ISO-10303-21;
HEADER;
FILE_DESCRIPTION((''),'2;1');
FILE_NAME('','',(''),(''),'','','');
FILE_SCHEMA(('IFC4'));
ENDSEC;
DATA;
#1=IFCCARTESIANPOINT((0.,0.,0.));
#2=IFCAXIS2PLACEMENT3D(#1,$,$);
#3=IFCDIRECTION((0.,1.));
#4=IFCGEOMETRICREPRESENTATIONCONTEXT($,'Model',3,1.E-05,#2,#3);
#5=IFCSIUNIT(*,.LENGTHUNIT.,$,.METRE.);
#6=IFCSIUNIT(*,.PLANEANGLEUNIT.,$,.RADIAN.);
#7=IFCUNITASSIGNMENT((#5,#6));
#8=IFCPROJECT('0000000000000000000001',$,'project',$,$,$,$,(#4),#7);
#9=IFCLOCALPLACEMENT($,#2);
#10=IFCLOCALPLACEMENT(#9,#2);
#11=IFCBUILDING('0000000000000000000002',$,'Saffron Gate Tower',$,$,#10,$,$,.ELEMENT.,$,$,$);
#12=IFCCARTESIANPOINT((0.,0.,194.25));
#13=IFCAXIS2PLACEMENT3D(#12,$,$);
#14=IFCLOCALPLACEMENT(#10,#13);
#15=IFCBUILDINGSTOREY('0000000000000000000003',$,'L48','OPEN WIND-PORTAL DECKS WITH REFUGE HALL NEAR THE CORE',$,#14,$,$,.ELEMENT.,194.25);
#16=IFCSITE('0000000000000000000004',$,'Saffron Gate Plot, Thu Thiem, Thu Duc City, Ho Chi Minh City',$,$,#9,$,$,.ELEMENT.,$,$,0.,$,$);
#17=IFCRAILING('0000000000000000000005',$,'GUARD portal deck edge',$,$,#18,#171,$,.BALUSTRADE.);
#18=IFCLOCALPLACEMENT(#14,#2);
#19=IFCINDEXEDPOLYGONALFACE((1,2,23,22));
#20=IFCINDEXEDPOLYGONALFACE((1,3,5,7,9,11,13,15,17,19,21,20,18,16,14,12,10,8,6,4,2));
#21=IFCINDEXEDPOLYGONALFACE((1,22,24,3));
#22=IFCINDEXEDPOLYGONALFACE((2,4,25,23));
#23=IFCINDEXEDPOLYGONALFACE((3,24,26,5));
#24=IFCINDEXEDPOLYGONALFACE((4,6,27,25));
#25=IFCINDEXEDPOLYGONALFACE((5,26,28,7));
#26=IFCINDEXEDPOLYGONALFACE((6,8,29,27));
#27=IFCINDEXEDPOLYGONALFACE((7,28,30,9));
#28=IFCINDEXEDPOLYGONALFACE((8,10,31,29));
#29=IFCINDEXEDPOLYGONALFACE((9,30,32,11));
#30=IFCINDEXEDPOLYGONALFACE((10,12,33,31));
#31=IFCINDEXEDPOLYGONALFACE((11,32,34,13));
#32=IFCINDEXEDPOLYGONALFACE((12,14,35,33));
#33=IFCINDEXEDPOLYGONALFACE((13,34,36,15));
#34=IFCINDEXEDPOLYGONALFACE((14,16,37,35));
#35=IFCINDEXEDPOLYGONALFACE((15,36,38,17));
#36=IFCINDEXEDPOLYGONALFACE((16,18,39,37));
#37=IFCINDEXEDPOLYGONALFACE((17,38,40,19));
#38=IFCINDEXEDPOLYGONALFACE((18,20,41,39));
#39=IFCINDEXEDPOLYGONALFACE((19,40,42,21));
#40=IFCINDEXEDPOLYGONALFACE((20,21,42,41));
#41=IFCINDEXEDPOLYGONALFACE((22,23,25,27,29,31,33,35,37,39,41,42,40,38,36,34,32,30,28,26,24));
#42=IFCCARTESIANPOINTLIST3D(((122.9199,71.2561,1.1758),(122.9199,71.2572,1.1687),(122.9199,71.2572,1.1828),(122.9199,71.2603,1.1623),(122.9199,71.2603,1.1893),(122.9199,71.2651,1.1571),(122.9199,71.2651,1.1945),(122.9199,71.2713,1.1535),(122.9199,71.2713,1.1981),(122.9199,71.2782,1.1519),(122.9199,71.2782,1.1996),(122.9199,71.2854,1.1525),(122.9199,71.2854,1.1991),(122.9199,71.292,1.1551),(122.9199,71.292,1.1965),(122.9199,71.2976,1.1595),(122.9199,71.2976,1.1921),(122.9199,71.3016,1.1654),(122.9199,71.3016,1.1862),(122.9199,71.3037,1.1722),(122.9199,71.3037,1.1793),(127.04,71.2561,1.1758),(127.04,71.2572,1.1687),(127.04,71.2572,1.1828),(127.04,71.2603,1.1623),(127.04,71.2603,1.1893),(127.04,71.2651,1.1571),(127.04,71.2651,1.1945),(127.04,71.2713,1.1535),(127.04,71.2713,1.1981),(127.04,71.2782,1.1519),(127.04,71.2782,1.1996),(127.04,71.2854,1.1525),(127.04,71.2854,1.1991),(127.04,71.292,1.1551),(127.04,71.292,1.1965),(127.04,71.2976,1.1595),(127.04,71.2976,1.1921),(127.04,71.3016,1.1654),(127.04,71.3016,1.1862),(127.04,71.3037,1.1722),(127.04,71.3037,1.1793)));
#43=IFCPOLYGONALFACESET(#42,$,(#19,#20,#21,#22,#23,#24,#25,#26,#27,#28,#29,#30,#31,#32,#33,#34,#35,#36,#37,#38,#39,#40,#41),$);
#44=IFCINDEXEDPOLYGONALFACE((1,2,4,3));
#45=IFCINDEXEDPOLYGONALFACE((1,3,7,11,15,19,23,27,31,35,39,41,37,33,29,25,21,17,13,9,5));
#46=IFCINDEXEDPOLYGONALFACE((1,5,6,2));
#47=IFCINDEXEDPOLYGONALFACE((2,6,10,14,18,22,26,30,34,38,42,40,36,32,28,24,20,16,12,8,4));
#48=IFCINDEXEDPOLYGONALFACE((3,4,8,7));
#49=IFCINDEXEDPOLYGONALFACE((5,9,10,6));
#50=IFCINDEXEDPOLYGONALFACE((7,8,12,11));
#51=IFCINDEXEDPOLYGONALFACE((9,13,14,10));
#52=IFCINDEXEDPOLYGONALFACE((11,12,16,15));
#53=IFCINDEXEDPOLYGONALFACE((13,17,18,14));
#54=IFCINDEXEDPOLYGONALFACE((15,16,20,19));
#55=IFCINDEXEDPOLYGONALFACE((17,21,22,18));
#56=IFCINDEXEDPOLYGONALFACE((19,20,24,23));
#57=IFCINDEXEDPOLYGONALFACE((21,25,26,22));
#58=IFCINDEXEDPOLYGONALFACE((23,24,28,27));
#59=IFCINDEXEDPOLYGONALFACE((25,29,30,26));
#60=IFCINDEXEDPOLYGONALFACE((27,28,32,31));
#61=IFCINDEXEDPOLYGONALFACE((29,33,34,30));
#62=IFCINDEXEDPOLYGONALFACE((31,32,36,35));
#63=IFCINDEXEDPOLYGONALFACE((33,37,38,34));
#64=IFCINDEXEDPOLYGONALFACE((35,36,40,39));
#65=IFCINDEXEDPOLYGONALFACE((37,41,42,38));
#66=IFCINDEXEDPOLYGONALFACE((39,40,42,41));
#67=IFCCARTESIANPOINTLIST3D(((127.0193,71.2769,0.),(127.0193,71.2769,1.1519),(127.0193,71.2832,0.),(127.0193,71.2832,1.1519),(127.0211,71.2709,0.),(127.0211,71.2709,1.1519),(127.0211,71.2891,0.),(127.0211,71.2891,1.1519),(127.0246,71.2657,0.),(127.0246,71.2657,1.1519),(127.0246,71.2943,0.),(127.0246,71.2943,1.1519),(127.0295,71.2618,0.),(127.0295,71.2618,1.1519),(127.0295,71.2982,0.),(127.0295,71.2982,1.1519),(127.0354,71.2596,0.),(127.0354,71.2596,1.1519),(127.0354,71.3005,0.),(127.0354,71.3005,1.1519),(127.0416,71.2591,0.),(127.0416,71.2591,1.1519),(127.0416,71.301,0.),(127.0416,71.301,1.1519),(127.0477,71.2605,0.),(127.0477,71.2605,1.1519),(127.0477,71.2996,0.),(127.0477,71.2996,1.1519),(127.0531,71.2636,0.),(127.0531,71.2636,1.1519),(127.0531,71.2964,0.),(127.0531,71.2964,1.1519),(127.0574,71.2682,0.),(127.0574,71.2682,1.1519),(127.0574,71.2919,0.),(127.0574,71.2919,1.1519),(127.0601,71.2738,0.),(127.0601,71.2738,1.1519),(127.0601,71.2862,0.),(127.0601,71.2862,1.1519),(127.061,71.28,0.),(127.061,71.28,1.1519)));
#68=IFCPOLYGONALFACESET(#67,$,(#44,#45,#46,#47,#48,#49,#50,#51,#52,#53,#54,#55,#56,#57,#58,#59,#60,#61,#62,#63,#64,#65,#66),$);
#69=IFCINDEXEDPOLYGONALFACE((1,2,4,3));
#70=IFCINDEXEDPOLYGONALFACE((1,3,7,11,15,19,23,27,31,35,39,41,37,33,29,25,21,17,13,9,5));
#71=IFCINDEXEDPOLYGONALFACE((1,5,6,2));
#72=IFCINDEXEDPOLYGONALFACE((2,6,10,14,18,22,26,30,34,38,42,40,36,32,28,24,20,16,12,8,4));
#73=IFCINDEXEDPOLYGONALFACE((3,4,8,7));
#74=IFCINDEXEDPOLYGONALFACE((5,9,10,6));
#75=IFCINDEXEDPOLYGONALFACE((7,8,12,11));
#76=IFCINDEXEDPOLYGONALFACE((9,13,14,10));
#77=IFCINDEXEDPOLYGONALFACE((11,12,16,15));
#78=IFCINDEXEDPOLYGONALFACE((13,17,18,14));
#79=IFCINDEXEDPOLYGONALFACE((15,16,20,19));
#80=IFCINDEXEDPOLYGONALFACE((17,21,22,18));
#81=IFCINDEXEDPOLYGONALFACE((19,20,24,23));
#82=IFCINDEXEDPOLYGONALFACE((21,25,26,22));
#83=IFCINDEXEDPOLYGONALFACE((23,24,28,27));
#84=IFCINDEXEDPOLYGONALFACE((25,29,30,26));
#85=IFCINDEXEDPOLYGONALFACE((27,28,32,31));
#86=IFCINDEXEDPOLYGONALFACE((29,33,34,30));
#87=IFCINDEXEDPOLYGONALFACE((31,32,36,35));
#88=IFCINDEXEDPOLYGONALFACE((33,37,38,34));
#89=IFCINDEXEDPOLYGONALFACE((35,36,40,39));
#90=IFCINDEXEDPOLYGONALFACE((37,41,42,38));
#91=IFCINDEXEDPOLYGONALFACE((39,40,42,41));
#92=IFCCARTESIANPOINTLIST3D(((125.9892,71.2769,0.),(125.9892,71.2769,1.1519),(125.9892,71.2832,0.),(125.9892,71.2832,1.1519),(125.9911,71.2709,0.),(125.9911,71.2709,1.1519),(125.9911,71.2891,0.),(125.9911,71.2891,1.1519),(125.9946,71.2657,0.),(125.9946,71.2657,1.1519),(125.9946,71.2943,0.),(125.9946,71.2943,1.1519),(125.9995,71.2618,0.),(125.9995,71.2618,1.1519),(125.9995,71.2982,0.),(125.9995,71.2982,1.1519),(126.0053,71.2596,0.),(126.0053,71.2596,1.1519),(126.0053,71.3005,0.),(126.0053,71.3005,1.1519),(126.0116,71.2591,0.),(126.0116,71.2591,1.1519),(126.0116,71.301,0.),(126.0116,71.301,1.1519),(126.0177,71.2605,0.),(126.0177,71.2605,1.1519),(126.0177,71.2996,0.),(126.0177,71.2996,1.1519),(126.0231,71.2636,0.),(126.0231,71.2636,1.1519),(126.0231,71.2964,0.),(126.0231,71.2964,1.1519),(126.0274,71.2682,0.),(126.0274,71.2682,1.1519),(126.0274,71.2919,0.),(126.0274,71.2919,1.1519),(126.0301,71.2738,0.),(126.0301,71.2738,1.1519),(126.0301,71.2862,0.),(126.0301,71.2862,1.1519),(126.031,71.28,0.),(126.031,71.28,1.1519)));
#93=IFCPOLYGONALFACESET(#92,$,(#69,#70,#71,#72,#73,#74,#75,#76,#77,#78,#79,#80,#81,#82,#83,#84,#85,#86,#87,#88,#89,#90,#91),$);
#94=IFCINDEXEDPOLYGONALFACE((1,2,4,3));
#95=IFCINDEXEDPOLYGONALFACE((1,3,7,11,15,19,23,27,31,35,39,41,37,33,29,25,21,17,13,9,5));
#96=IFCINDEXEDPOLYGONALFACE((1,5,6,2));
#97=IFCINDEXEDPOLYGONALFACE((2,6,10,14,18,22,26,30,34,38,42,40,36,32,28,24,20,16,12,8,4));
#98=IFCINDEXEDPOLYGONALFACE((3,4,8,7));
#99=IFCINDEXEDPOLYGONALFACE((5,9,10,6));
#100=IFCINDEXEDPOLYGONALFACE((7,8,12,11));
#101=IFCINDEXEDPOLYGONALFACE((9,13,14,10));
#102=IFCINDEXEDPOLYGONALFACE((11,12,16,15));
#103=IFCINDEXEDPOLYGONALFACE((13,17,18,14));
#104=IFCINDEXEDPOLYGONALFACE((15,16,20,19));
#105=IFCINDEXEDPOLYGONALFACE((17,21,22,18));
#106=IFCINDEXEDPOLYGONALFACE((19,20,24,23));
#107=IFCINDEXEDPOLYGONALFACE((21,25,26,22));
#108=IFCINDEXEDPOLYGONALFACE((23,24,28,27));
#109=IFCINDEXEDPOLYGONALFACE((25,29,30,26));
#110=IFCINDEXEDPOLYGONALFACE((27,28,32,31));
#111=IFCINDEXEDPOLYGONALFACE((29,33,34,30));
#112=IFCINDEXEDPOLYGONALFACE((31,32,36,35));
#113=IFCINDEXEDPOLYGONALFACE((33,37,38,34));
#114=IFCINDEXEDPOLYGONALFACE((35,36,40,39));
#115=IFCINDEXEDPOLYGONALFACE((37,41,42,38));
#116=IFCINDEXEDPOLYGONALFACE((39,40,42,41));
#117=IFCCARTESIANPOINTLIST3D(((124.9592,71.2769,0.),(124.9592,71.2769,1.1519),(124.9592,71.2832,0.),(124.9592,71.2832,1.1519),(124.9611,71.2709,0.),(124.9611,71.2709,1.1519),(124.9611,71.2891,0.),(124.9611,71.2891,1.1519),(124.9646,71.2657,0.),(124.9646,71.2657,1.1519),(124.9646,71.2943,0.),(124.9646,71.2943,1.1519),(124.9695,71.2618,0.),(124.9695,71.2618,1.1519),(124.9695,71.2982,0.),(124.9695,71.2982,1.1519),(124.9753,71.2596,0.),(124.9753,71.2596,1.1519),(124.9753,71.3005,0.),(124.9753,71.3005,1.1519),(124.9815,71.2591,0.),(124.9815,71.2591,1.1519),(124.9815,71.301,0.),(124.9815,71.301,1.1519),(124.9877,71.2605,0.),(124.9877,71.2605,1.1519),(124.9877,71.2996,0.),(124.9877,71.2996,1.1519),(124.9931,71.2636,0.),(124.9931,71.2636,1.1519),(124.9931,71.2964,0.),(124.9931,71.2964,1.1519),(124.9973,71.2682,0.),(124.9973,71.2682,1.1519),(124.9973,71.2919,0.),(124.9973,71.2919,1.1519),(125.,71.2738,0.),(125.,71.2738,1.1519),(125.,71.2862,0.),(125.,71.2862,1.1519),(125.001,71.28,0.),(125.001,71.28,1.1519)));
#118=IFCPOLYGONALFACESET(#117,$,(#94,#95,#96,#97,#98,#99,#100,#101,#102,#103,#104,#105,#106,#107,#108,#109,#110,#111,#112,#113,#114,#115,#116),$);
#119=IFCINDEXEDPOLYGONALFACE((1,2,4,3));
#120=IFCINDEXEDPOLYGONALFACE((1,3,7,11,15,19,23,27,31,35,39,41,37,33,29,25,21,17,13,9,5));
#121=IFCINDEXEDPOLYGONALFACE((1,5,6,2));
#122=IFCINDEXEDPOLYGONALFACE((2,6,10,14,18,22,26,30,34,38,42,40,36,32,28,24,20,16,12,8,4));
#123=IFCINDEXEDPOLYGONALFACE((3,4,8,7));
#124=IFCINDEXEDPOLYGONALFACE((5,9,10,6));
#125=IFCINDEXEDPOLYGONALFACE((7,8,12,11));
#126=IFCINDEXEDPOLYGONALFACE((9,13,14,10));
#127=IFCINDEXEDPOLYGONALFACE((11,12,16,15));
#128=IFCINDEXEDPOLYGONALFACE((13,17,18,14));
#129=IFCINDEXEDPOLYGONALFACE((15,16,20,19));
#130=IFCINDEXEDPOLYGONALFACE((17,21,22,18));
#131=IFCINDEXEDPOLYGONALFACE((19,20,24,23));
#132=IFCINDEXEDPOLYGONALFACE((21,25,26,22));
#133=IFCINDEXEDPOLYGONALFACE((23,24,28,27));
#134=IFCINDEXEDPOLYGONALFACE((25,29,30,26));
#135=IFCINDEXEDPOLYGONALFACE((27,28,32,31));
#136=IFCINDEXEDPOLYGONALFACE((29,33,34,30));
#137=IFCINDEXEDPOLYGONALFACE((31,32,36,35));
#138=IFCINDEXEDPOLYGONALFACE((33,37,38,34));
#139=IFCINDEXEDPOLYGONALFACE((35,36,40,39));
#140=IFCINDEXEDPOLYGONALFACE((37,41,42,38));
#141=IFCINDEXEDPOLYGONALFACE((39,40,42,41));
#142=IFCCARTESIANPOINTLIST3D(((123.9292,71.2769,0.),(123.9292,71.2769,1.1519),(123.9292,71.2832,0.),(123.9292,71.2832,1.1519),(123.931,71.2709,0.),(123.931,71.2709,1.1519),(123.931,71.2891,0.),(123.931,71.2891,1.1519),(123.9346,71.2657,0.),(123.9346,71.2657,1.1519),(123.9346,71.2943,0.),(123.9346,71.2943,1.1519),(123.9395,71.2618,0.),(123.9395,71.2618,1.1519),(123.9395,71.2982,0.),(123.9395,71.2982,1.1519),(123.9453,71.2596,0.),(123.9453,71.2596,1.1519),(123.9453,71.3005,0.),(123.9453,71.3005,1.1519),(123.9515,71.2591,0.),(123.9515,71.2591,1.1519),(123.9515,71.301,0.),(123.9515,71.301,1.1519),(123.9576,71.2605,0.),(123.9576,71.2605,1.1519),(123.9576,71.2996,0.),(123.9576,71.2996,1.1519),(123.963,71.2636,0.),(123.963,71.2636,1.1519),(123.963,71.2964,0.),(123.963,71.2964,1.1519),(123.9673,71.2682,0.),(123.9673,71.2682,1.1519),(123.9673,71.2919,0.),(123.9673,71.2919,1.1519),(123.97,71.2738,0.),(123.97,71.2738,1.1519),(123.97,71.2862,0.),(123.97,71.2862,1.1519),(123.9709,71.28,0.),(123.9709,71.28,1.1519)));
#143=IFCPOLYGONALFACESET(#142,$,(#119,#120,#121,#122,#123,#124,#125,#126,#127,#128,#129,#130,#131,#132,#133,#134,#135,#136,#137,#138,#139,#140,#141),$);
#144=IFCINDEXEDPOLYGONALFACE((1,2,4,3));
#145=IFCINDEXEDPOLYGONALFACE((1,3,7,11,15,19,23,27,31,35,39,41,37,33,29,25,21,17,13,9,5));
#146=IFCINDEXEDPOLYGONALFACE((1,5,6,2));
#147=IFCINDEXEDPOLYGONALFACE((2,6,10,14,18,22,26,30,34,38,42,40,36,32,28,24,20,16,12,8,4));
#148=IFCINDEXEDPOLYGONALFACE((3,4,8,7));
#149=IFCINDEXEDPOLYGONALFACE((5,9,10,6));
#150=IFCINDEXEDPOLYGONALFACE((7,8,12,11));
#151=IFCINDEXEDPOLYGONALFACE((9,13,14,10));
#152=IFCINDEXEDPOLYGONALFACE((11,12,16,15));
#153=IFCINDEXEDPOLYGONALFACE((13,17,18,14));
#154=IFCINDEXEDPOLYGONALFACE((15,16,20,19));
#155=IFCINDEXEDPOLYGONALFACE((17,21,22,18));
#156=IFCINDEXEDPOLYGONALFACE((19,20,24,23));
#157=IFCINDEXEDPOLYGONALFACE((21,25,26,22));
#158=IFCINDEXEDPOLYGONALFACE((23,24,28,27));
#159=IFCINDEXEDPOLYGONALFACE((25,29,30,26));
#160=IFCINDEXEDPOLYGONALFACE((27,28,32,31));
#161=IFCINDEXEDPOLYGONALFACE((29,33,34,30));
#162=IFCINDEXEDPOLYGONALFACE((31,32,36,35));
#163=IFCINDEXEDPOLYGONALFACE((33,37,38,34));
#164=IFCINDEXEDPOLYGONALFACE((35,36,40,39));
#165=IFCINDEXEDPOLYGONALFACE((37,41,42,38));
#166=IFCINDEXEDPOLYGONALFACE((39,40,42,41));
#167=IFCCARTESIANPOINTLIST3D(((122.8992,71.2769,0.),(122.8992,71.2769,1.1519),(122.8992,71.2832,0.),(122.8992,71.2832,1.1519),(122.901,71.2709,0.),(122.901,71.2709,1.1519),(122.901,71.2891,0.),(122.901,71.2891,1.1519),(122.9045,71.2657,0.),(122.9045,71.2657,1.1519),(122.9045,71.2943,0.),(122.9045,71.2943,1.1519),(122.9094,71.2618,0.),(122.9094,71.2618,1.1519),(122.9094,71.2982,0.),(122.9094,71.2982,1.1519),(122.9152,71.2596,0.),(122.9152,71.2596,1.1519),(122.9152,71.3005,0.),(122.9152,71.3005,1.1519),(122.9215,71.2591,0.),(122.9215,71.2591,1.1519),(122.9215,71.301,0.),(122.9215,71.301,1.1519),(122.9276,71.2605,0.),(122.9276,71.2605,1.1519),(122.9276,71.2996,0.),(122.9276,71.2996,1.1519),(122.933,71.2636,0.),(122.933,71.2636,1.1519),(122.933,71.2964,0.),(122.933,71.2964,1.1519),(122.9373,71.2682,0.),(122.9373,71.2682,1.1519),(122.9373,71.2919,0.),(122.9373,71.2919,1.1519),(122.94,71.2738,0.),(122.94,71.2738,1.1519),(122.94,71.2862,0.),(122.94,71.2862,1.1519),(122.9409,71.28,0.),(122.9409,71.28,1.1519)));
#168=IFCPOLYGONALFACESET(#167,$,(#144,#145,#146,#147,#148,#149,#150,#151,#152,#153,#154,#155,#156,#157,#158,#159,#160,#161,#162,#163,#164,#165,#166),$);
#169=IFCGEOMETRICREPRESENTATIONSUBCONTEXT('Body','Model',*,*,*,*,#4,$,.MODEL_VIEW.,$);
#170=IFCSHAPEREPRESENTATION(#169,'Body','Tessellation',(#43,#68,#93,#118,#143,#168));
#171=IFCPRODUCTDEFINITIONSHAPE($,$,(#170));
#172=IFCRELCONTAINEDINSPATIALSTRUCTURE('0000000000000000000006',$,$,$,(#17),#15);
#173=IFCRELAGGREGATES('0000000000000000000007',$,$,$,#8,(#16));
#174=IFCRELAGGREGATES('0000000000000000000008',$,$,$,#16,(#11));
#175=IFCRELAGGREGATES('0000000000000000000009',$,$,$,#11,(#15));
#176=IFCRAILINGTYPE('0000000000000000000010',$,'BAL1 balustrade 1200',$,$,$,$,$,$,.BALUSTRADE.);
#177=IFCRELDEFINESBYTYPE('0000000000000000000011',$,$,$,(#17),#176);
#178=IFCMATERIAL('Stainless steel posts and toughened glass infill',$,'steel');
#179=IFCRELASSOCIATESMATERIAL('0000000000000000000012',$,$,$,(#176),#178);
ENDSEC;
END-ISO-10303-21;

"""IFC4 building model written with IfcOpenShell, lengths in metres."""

from ifc_helpers import new_model, si_unit, direction, frame, origin, origin_2d, place, context, subcontext, project, spatial, circle, extrude, material, type_object, element, save


model = new_model("IFC4")

# Units and contexts
model_context = context("Model", 3, precision=1e-05, world=origin(), true_north=direction((0.0, 1.0)))
body_context = subcontext(model_context, "Body", "Model", "MODEL_VIEW")
ifc_project = project(units=[si_unit("LENGTHUNIT", "METRE"), si_unit("PLANEANGLEUNIT", "RADIAN")], contexts=[model_context])

# Site, building, storey
site_placement = place(None, origin())
site = spatial("IfcSite", under=ifc_project, at=site_placement, Name="Saffron Gate Plot, Thu Thiem, Thu Duc City, Ho Chi Minh City", CompositionType="ELEMENT", RefElevation=0.0)
building_placement = place(site_placement, origin())
building = spatial("IfcBuilding", under=site, at=building_placement, Name="Saffron Gate Tower", CompositionType="ELEMENT")
storey_placement = place(building_placement, frame((0.0, 0.0, 194.25)))
storey = spatial("IfcBuildingStorey", under=building, at=storey_placement, Name="L48", Description="OPEN WIND-PORTAL DECKS WITH REFUGE HALL NEAR THE CORE", CompositionType="ELEMENT", Elevation=194.25)

# Railing
ifc_material_1 = material(Name="Stainless steel posts and toughened glass infill", Category="steel")
railing_type = type_object("IfcRailingType", Name="BAL1 balustrade 1200", PredefinedType="BALUSTRADE", material=ifc_material_1)
railing_1_placement = place(storey_placement, frame((127.04, 71.28, 0.0)))
element("IfcRailing", 1, at=railing_1_placement, inside=storey, type_object=railing_type, Name="GUARD portal deck edge", PredefinedType="BALUSTRADE", context=body_context, shape_type="SweptSolid", body=[
    extrude(circle(Radius=0.0239, at=origin_2d()), frame((0.0, 0.0, 1.1758), z_axis=(-1.0, 0.0, 0.0), x_axis=(0.0, -1.0, 0.0)), (0.0, 0.0, 1.0), 4.1201),
    extrude(circle(Radius=0.021, at=origin_2d()), origin(), (0.0, 0.0, 1.0), 1.1519),
    extrude(circle(Radius=0.021, at=origin_2d()), frame((-1.03, 0.0, 0.0)), (0.0, 0.0, 1.0), 1.1519),
    extrude(circle(Radius=0.021, at=origin_2d()), frame((-2.0601, 0.0, 0.0)), (0.0, 0.0, 1.0), 1.1519),
    extrude(circle(Radius=0.021, at=origin_2d()), frame((-3.0901, 0.0, 0.0)), (0.0, 0.0, 1.0), 1.1519),
    extrude(circle(Radius=0.021, at=origin_2d()), frame((-4.1201, 0.0, 0.0)), (0.0, 0.0, 1.0), 1.1519),
])

save(model, "model.ifc")
